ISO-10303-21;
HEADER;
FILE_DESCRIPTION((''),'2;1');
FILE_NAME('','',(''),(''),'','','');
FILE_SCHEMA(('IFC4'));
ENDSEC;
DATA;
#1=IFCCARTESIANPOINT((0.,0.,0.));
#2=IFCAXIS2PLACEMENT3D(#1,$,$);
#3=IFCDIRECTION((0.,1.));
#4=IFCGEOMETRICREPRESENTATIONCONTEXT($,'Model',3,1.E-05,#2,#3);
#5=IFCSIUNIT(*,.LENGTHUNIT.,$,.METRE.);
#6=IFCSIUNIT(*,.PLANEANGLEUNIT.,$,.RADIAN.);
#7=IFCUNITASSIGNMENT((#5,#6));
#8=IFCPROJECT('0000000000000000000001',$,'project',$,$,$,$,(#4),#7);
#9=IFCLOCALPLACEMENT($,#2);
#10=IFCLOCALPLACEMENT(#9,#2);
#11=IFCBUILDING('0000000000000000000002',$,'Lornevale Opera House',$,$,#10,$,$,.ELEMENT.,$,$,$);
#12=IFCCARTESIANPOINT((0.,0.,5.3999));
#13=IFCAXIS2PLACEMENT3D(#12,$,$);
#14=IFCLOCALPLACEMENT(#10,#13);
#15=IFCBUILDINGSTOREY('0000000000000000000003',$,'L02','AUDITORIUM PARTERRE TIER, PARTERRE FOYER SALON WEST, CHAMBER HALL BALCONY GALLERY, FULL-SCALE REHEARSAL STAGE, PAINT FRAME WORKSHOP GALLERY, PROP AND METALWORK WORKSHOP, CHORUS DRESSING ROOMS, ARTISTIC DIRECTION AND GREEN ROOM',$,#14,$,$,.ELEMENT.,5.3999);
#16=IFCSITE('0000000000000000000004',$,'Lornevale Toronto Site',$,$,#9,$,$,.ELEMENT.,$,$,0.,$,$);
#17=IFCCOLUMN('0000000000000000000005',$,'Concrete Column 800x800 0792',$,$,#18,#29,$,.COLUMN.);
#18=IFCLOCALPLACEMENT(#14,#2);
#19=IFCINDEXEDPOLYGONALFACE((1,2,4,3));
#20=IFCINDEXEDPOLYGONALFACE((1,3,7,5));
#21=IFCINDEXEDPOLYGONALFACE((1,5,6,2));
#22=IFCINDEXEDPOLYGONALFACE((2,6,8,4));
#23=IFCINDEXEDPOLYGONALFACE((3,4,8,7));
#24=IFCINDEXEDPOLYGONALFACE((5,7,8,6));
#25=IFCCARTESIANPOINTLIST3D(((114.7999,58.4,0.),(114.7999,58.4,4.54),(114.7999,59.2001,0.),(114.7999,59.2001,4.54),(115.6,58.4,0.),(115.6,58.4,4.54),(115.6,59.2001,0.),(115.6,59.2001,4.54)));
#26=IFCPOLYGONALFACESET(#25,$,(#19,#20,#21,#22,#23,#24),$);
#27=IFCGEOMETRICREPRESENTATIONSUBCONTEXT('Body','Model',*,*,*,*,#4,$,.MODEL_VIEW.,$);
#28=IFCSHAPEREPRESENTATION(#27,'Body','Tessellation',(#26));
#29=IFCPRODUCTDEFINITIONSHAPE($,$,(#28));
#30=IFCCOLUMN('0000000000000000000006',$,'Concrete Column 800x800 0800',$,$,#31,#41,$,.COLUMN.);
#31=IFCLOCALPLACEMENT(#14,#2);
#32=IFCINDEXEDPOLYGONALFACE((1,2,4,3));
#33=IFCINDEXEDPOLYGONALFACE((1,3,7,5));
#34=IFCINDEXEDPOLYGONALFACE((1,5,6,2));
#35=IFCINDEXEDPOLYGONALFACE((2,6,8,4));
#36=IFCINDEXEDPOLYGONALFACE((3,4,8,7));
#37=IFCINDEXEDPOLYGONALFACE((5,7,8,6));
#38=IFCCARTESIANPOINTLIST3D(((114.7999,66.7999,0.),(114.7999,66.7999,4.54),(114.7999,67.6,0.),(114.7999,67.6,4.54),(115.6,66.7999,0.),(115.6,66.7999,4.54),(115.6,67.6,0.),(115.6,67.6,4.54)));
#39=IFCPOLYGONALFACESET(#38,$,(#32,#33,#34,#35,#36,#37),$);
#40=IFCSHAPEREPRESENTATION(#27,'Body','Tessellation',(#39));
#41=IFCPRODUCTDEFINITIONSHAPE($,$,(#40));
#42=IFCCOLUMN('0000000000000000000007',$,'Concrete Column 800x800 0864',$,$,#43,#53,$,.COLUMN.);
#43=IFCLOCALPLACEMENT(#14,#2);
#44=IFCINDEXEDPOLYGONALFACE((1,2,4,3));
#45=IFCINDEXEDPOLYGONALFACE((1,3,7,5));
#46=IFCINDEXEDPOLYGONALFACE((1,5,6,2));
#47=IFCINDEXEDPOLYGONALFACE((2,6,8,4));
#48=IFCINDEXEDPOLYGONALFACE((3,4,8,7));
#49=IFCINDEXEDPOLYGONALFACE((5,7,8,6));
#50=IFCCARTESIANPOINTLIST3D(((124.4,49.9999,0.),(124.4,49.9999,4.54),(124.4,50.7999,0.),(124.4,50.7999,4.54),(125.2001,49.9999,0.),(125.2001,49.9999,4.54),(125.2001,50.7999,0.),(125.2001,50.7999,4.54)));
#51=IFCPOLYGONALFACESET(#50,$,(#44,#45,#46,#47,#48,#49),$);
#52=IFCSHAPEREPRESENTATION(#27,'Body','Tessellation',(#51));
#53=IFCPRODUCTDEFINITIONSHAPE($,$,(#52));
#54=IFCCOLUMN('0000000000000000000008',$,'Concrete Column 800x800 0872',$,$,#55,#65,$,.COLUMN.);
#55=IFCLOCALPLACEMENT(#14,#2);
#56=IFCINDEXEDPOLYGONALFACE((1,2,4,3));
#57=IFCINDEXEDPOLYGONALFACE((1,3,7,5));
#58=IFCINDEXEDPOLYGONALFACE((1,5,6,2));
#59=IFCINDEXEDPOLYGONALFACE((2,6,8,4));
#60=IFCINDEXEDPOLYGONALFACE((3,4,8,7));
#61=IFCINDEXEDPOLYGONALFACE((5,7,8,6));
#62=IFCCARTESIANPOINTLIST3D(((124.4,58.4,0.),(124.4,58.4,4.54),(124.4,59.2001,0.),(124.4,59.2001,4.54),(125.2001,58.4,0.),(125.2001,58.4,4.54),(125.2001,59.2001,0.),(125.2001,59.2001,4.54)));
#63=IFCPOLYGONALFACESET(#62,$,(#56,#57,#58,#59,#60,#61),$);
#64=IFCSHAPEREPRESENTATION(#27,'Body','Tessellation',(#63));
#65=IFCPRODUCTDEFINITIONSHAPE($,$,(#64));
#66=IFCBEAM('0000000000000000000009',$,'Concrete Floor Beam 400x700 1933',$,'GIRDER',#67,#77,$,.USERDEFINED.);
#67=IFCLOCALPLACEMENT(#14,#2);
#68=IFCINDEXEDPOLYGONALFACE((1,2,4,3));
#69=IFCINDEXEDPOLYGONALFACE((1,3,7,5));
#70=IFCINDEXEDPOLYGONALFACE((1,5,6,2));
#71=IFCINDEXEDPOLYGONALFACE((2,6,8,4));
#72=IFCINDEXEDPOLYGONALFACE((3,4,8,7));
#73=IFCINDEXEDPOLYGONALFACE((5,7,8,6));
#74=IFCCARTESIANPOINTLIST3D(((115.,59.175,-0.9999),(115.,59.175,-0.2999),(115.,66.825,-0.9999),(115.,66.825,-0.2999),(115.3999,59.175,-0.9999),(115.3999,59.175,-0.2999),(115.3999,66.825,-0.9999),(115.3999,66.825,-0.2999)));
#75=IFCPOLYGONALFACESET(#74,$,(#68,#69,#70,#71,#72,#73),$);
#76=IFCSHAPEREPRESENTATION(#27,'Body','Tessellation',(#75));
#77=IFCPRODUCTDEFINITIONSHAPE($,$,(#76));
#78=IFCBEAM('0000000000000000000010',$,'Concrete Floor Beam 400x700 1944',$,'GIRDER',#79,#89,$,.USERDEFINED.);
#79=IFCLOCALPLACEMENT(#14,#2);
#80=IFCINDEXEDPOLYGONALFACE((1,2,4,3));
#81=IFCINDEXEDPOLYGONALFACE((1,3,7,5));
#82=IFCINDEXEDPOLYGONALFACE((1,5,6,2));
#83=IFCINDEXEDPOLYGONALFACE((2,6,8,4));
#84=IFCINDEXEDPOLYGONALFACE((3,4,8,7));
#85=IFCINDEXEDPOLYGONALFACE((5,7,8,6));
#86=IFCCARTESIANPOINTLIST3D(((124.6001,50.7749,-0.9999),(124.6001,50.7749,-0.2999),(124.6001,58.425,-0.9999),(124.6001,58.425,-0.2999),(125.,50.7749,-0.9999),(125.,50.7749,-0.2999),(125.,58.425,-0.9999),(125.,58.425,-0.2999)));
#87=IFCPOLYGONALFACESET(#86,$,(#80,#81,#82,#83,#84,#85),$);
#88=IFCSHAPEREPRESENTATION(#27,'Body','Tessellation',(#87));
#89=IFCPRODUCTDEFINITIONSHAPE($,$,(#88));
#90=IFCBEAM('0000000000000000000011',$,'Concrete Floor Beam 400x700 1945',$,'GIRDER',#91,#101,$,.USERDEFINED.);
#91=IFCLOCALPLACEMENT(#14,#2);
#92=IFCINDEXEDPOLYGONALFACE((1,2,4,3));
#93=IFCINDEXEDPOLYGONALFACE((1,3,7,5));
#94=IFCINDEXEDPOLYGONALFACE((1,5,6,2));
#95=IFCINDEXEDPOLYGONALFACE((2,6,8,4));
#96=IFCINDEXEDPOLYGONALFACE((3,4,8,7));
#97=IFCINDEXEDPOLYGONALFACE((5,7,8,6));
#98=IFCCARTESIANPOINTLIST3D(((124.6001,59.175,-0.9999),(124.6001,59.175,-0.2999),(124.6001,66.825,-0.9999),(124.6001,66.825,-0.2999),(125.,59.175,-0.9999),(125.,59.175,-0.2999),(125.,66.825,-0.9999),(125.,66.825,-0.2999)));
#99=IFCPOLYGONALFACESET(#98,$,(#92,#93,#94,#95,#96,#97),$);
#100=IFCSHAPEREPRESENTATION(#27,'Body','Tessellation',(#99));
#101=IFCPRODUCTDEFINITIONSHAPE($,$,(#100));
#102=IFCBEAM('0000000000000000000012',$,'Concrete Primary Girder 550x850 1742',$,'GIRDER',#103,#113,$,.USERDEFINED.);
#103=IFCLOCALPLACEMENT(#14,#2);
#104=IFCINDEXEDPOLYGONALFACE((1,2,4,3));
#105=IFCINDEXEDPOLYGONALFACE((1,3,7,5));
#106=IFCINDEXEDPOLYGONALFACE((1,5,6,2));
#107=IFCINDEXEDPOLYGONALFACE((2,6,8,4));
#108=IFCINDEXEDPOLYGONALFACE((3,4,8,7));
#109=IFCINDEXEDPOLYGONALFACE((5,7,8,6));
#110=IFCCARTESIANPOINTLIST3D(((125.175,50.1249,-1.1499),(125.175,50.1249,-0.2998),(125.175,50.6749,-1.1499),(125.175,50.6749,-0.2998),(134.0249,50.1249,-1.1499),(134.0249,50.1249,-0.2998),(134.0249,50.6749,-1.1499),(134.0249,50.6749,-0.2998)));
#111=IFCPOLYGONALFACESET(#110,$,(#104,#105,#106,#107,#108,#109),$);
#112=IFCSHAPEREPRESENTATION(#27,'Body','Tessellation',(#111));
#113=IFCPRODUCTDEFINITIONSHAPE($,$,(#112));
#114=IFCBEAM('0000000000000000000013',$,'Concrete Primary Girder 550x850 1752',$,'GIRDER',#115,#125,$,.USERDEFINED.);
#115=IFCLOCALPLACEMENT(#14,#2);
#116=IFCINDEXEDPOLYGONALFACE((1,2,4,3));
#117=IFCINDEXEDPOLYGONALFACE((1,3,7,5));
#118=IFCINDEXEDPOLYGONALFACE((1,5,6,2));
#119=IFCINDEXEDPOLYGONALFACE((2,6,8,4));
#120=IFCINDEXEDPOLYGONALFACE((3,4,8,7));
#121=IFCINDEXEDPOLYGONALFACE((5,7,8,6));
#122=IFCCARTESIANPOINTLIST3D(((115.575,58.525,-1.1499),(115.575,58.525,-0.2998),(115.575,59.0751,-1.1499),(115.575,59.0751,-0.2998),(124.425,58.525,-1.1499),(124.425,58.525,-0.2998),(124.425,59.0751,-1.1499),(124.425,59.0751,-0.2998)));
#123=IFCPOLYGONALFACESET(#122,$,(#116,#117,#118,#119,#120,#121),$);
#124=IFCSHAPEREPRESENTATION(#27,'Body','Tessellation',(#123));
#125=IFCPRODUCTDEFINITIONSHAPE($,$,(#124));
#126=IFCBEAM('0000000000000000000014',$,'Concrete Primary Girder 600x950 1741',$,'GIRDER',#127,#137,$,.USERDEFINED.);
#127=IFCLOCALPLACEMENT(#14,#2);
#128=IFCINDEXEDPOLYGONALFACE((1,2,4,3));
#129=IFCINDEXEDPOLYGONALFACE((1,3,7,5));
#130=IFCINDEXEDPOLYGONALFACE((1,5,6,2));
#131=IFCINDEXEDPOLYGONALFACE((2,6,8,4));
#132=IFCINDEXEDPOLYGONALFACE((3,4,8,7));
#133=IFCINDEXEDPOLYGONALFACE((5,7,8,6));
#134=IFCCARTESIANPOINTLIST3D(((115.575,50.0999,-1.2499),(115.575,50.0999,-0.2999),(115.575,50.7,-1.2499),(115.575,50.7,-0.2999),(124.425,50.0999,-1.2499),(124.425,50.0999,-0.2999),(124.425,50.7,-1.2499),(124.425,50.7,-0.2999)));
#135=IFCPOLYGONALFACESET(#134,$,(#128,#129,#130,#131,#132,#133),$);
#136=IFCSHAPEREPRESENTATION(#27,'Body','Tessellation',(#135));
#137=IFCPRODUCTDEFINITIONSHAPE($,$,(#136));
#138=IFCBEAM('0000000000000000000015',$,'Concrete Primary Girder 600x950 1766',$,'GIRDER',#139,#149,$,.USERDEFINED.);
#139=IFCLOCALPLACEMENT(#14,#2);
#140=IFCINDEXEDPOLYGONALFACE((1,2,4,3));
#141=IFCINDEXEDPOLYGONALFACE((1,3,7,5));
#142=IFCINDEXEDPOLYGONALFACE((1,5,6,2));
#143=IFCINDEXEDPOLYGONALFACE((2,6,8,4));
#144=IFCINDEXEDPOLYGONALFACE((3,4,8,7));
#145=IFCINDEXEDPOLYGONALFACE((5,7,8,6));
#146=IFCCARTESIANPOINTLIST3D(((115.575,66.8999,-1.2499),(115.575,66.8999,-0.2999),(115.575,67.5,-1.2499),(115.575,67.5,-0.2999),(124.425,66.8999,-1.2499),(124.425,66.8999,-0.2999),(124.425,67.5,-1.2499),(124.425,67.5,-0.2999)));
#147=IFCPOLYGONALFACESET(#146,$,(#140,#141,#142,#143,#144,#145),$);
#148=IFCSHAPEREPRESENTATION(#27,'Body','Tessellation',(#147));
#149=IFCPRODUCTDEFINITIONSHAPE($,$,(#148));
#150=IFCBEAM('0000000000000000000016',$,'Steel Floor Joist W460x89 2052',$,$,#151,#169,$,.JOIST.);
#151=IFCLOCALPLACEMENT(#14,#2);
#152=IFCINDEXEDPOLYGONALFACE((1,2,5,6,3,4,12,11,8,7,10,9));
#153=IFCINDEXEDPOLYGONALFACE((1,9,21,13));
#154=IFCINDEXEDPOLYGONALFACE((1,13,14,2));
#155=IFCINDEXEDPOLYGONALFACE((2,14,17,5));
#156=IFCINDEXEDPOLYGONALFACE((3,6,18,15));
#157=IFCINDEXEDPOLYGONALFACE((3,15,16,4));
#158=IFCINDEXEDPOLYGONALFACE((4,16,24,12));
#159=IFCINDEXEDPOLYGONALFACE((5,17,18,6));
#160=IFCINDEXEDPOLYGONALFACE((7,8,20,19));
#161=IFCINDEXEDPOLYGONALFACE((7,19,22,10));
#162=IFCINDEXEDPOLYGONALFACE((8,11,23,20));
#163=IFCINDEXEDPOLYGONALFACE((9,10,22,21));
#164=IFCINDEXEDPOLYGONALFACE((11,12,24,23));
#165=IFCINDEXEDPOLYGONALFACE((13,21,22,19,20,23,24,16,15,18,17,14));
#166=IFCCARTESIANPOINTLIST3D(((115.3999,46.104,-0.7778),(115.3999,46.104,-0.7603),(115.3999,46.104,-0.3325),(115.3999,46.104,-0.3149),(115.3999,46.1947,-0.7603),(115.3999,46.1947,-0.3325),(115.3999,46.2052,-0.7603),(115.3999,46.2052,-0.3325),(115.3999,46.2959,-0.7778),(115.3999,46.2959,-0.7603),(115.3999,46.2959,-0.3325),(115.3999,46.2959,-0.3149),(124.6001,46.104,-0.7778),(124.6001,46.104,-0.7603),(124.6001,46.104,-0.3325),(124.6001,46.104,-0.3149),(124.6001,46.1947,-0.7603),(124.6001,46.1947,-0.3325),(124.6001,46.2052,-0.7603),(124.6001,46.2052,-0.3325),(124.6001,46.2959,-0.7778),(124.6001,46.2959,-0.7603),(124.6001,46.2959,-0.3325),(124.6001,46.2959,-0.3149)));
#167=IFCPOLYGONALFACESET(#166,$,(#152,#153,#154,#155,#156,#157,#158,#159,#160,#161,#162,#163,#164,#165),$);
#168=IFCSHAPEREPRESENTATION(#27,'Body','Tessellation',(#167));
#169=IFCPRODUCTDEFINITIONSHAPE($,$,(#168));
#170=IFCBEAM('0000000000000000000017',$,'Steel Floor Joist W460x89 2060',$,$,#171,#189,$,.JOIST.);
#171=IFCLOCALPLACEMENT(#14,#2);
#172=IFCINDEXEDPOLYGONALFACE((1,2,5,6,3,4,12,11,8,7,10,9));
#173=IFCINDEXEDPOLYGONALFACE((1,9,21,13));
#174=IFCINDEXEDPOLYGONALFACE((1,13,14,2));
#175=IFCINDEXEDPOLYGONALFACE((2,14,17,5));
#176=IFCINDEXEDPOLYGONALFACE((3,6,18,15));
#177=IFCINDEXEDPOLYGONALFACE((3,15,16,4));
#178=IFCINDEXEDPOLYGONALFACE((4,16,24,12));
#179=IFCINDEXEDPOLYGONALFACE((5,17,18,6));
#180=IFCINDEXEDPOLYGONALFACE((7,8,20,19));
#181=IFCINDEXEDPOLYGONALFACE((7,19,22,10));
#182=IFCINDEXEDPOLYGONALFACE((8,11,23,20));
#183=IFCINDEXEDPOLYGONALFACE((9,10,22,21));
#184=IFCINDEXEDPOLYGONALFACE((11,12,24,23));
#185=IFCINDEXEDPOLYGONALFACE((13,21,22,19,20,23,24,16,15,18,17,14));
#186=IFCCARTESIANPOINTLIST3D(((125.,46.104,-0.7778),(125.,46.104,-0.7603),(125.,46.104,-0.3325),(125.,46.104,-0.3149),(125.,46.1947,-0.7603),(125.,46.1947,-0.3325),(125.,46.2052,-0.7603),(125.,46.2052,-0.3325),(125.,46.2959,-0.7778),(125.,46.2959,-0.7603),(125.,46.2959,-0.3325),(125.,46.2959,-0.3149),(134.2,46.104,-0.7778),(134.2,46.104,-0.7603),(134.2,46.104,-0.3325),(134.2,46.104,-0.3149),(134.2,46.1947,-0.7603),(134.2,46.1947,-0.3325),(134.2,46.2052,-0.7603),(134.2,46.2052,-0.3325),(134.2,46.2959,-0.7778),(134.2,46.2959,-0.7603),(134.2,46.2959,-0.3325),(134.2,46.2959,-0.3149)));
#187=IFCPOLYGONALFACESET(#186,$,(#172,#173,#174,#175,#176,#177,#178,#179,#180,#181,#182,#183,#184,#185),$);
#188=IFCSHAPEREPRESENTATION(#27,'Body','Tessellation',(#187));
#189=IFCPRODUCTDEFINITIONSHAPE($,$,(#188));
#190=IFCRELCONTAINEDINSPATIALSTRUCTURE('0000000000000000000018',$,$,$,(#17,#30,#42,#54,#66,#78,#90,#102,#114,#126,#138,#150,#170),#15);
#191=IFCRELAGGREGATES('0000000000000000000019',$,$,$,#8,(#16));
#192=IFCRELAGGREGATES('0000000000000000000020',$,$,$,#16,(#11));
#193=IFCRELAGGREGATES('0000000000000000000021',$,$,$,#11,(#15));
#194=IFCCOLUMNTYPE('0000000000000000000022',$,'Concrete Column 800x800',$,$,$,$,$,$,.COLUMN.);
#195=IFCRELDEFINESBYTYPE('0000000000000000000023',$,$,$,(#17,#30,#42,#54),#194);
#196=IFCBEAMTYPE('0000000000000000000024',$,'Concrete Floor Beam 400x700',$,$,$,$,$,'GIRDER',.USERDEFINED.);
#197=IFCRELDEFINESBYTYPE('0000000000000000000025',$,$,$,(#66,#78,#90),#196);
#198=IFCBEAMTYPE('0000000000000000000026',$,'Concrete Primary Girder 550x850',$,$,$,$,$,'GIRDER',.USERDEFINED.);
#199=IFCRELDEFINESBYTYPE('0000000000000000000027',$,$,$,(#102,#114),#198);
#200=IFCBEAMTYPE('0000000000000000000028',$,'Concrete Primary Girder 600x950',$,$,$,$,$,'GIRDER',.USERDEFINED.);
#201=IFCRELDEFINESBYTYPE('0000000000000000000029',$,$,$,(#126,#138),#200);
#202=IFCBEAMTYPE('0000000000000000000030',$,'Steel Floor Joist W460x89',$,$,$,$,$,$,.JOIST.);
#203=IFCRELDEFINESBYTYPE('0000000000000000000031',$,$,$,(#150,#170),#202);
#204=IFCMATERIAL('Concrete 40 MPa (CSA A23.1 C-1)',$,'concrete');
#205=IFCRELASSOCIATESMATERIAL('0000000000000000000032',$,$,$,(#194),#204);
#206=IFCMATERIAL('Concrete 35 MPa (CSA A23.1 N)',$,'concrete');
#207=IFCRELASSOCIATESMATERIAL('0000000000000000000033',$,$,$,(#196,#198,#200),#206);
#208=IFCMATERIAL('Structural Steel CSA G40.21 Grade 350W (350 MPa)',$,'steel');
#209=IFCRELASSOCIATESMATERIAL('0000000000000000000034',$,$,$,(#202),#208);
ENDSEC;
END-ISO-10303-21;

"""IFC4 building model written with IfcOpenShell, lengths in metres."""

from ifc_helpers import new_model, si_unit, direction, frame, origin, origin_2d, place, context, subcontext, project, spatial, rectangle, i_section, extrude, material, material_profile, profile_set, type_object, element, save


model = new_model("IFC4")

# Units and contexts
model_context = context("Model", 3, precision=1e-05, world=origin(), true_north=direction((0.0, 1.0)))
body_context = subcontext(model_context, "Body", "Model", "MODEL_VIEW")
ifc_project = project(units=[si_unit("LENGTHUNIT", "METRE"), si_unit("PLANEANGLEUNIT", "RADIAN")], contexts=[model_context])

# Site, building, storey
site_placement = place(None, origin())
site = spatial("IfcSite", under=ifc_project, at=site_placement, Name="Lornevale Toronto Site", CompositionType="ELEMENT", RefElevation=0.0)
building_placement = place(site_placement, origin())
building = spatial("IfcBuilding", under=site, at=building_placement, Name="Lornevale Opera House", CompositionType="ELEMENT")
storey_placement = place(building_placement, frame((0.0, 0.0, 5.3999)))
storey = spatial("IfcBuildingStorey", under=building, at=storey_placement, Name="L02", Description="AUDITORIUM PARTERRE TIER, PARTERRE FOYER SALON WEST, CHAMBER HALL BALCONY GALLERY, FULL-SCALE REHEARSAL STAGE, PAINT FRAME WORKSHOP GALLERY, PROP AND METALWORK WORKSHOP, CHORUS DRESSING ROOMS, ARTISTIC DIRECTION AND GREEN ROOM", CompositionType="ELEMENT", Elevation=5.3999)

# Columns
ifc_material_1 = material(Name="Concrete 40 MPa (CSA A23.1 C-1)", Category="concrete")
ifc_material_profile_1 = material_profile(ifc_material_1, rectangle(XDim=0.8, YDim=0.8, at=origin_2d()), Name="RC800x800")
ifc_profile_set_1 = profile_set([ifc_material_profile_1], Name="Concrete 40 MPa (CSA A23.1 C-1)")
column_type = type_object("IfcColumnType", Name="Concrete Column 800x800", PredefinedType="COLUMN", material=ifc_profile_set_1)
for number, where, z_axis, x_axis, name in (
    (1, (115.2, 58.8, 0.0), (0.0, 0.0, 1.0), (1.0, 0.0, 0.0), "Concrete Column 800x800 0792"),
    (2, (115.2, 67.2, 0.0), (0.0, 0.0, 1.0), (1.0, 0.0, 0.0), "Concrete Column 800x800 0800"),
    (3, (124.8, 50.3999, 0.0), (0.0, 0.0, 1.0), (1.0, 0.0, 0.0), "Concrete Column 800x800 0864"),
    (4, (124.8, 58.8, 0.0), (0.0, 0.0, 1.0), (1.0, 0.0, 0.0), "Concrete Column 800x800 0872"),
):
    element("IfcColumn", number, at=place(storey_placement, frame(where, z_axis=z_axis, x_axis=x_axis)), inside=storey, type_object=column_type, Name=name, PredefinedType="COLUMN", context=body_context, shape_type="SweptSolid", body=[
        extrude(rectangle(XDim=0.8, YDim=0.8, at=origin_2d()), origin(), (0.0, 0.0, 1.0), 4.54),
    ])

# Beams
ifc_material_2 = material(Name="Concrete 35 MPa (CSA A23.1 N)", Category="concrete")
ifc_material_profile_2 = material_profile(ifc_material_2, rectangle(XDim=0.3999, YDim=0.7, at=origin_2d()), Name="RC400x700")
ifc_profile_set_2 = profile_set([ifc_material_profile_2], Name="Concrete 35 MPa (CSA A23.1 N)")
beam_type_1 = type_object("IfcBeamType", Name="Concrete Floor Beam 400x700", ElementType="GIRDER", PredefinedType="USERDEFINED", material=ifc_profile_set_2)
beam_1_placement = place(storey_placement, frame((115.2, 59.175, -0.6499), z_axis=(0.0, 1.0, 0.0), x_axis=(-1.0, 0.0, 0.0)))
element("IfcBeam", 5, at=beam_1_placement, inside=storey, type_object=beam_type_1, Name="Concrete Floor Beam 400x700 1933", ObjectType="GIRDER", PredefinedType="USERDEFINED", context=body_context, shape_type="SweptSolid", body=[
    extrude(rectangle(XDim=0.3999, YDim=0.7, at=origin_2d()), origin(), (0.0, 0.0, 1.0), 7.6499),
])
beam_2_placement = place(storey_placement, frame((124.8, 50.7749, -0.6499), z_axis=(0.0, 1.0, 0.0), x_axis=(-1.0, 0.0, 0.0)))
element("IfcBeam", 6, at=beam_2_placement, inside=storey, type_object=beam_type_1, Name="Concrete Floor Beam 400x700 1944", ObjectType="GIRDER", PredefinedType="USERDEFINED", context=body_context, shape_type="SweptSolid", body=[
    extrude(rectangle(XDim=0.3999, YDim=0.7, at=origin_2d()), origin(), (0.0, 0.0, 1.0), 7.6501),
])
beam_3_placement = place(storey_placement, frame((124.8, 59.175, -0.6499), z_axis=(0.0, 1.0, 0.0), x_axis=(-1.0, 0.0, 0.0)))
element("IfcBeam", 7, at=beam_3_placement, inside=storey, type_object=beam_type_1, Name="Concrete Floor Beam 400x700 1945", ObjectType="GIRDER", PredefinedType="USERDEFINED", context=body_context, shape_type="SweptSolid", body=[
    extrude(rectangle(XDim=0.3999, YDim=0.7, at=origin_2d()), origin(), (0.0, 0.0, 1.0), 7.6499),
])
ifc_material_profile_3 = material_profile(ifc_material_2, rectangle(XDim=0.55, YDim=0.8501, at=origin_2d()), Name="RC550x850")
ifc_profile_set_3 = profile_set([ifc_material_profile_3], Name="Concrete 35 MPa (CSA A23.1 N)")
beam_type_2 = type_object("IfcBeamType", Name="Concrete Primary Girder 550x850", ElementType="GIRDER", PredefinedType="USERDEFINED", material=ifc_profile_set_3)
beam_4_placement = place(storey_placement, frame((125.175, 50.3999, -0.7249), z_axis=(1.0, 0.0, 0.0), x_axis=(0.0, 1.0, 0.0)))
element("IfcBeam", 8, at=beam_4_placement, inside=storey, type_object=beam_type_2, Name="Concrete Primary Girder 550x850 1742", ObjectType="GIRDER", PredefinedType="USERDEFINED", context=body_context, shape_type="SweptSolid", body=[
    extrude(rectangle(XDim=0.55, YDim=0.8501, at=origin_2d()), origin(), (0.0, 0.0, 1.0), 8.8499),
])
beam_5_placement = place(storey_placement, frame((115.575, 58.8, -0.7249), z_axis=(1.0, 0.0, 0.0), x_axis=(0.0, 1.0, 0.0)))
element("IfcBeam", 9, at=beam_5_placement, inside=storey, type_object=beam_type_2, Name="Concrete Primary Girder 550x850 1752", ObjectType="GIRDER", PredefinedType="USERDEFINED", context=body_context, shape_type="SweptSolid", body=[
    extrude(rectangle(XDim=0.55, YDim=0.8501, at=origin_2d()), origin(), (0.0, 0.0, 1.0), 8.8501),
])
ifc_material_profile_4 = material_profile(ifc_material_2, rectangle(XDim=0.6001, YDim=0.95, at=origin_2d()), Name="RC600x950")
ifc_profile_set_4 = profile_set([ifc_material_profile_4], Name="Concrete 35 MPa (CSA A23.1 N)")
beam_type_3 = type_object("IfcBeamType", Name="Concrete Primary Girder 600x950", ElementType="GIRDER", PredefinedType="USERDEFINED", material=ifc_profile_set_4)
for number, where, z_axis, x_axis, name in (
    (10, (115.575, 50.3999, -0.7749), (1.0, 0.0, 0.0), (0.0, 1.0, 0.0), "Concrete Primary Girder 600x950 1741"),
    (11, (115.575, 67.2, -0.7749), (1.0, 0.0, 0.0), (0.0, 1.0, 0.0), "Concrete Primary Girder 600x950 1766"),
):
    element("IfcBeam", number, at=place(storey_placement, frame(where, z_axis=z_axis, x_axis=x_axis)), inside=storey, type_object=beam_type_3, Name=name, ObjectType="GIRDER", PredefinedType="USERDEFINED", context=body_context, shape_type="SweptSolid", body=[
        extrude(rectangle(XDim=0.6001, YDim=0.95, at=origin_2d()), origin(), (0.0, 0.0, 1.0), 8.8501),
    ])
ifc_material_3 = material(Name="Structural Steel CSA G40.21 Grade 350W (350 MPa)", Category="steel")
ifc_material_profile_5 = material_profile(ifc_material_3, i_section(OverallWidth=0.1919, OverallDepth=0.4629, WebThickness=0.0105, FlangeThickness=0.0176, at=origin_2d()), Name="W460x89")
ifc_profile_set_5 = profile_set([ifc_material_profile_5], Name="Structural Steel CSA G40.21 Grade 350W (350 MPa)")
beam_type_4 = type_object("IfcBeamType", Name="Steel Floor Joist W460x89", PredefinedType="JOIST", material=ifc_profile_set_5)
beam_6_placement = place(storey_placement, frame((115.3999, 46.2, -0.5464), z_axis=(1.0, 0.0, 0.0), x_axis=(0.0, 1.0, 0.0)))
element("IfcBeam", 12, at=beam_6_placement, inside=storey, type_object=beam_type_4, Name="Steel Floor Joist W460x89 2052", PredefinedType="JOIST", context=body_context, shape_type="SweptSolid", body=[
    extrude(i_section(OverallWidth=0.1919, OverallDepth=0.4629, WebThickness=0.0105, FlangeThickness=0.0176, at=origin_2d()), origin(), (0.0, 0.0, 1.0), 9.2002),
])
for number, where, z_axis, x_axis, name in (
    (13, (125.0, 46.2, -0.5464), (1.0, 0.0, 0.0), (0.0, 1.0, 0.0), "Steel Floor Joist W460x89 2060"),
):
    element("IfcBeam", number, at=place(storey_placement, frame(where, z_axis=z_axis, x_axis=x_axis)), inside=storey, type_object=beam_type_4, Name=name, PredefinedType="JOIST", context=body_context, shape_type="SweptSolid", body=[
        extrude(i_section(OverallWidth=0.1919, OverallDepth=0.4629, WebThickness=0.0105, FlangeThickness=0.0176, at=origin_2d()), origin(), (0.0, 0.0, 1.0), 9.2),
    ])

save(model, "model.ifc")
